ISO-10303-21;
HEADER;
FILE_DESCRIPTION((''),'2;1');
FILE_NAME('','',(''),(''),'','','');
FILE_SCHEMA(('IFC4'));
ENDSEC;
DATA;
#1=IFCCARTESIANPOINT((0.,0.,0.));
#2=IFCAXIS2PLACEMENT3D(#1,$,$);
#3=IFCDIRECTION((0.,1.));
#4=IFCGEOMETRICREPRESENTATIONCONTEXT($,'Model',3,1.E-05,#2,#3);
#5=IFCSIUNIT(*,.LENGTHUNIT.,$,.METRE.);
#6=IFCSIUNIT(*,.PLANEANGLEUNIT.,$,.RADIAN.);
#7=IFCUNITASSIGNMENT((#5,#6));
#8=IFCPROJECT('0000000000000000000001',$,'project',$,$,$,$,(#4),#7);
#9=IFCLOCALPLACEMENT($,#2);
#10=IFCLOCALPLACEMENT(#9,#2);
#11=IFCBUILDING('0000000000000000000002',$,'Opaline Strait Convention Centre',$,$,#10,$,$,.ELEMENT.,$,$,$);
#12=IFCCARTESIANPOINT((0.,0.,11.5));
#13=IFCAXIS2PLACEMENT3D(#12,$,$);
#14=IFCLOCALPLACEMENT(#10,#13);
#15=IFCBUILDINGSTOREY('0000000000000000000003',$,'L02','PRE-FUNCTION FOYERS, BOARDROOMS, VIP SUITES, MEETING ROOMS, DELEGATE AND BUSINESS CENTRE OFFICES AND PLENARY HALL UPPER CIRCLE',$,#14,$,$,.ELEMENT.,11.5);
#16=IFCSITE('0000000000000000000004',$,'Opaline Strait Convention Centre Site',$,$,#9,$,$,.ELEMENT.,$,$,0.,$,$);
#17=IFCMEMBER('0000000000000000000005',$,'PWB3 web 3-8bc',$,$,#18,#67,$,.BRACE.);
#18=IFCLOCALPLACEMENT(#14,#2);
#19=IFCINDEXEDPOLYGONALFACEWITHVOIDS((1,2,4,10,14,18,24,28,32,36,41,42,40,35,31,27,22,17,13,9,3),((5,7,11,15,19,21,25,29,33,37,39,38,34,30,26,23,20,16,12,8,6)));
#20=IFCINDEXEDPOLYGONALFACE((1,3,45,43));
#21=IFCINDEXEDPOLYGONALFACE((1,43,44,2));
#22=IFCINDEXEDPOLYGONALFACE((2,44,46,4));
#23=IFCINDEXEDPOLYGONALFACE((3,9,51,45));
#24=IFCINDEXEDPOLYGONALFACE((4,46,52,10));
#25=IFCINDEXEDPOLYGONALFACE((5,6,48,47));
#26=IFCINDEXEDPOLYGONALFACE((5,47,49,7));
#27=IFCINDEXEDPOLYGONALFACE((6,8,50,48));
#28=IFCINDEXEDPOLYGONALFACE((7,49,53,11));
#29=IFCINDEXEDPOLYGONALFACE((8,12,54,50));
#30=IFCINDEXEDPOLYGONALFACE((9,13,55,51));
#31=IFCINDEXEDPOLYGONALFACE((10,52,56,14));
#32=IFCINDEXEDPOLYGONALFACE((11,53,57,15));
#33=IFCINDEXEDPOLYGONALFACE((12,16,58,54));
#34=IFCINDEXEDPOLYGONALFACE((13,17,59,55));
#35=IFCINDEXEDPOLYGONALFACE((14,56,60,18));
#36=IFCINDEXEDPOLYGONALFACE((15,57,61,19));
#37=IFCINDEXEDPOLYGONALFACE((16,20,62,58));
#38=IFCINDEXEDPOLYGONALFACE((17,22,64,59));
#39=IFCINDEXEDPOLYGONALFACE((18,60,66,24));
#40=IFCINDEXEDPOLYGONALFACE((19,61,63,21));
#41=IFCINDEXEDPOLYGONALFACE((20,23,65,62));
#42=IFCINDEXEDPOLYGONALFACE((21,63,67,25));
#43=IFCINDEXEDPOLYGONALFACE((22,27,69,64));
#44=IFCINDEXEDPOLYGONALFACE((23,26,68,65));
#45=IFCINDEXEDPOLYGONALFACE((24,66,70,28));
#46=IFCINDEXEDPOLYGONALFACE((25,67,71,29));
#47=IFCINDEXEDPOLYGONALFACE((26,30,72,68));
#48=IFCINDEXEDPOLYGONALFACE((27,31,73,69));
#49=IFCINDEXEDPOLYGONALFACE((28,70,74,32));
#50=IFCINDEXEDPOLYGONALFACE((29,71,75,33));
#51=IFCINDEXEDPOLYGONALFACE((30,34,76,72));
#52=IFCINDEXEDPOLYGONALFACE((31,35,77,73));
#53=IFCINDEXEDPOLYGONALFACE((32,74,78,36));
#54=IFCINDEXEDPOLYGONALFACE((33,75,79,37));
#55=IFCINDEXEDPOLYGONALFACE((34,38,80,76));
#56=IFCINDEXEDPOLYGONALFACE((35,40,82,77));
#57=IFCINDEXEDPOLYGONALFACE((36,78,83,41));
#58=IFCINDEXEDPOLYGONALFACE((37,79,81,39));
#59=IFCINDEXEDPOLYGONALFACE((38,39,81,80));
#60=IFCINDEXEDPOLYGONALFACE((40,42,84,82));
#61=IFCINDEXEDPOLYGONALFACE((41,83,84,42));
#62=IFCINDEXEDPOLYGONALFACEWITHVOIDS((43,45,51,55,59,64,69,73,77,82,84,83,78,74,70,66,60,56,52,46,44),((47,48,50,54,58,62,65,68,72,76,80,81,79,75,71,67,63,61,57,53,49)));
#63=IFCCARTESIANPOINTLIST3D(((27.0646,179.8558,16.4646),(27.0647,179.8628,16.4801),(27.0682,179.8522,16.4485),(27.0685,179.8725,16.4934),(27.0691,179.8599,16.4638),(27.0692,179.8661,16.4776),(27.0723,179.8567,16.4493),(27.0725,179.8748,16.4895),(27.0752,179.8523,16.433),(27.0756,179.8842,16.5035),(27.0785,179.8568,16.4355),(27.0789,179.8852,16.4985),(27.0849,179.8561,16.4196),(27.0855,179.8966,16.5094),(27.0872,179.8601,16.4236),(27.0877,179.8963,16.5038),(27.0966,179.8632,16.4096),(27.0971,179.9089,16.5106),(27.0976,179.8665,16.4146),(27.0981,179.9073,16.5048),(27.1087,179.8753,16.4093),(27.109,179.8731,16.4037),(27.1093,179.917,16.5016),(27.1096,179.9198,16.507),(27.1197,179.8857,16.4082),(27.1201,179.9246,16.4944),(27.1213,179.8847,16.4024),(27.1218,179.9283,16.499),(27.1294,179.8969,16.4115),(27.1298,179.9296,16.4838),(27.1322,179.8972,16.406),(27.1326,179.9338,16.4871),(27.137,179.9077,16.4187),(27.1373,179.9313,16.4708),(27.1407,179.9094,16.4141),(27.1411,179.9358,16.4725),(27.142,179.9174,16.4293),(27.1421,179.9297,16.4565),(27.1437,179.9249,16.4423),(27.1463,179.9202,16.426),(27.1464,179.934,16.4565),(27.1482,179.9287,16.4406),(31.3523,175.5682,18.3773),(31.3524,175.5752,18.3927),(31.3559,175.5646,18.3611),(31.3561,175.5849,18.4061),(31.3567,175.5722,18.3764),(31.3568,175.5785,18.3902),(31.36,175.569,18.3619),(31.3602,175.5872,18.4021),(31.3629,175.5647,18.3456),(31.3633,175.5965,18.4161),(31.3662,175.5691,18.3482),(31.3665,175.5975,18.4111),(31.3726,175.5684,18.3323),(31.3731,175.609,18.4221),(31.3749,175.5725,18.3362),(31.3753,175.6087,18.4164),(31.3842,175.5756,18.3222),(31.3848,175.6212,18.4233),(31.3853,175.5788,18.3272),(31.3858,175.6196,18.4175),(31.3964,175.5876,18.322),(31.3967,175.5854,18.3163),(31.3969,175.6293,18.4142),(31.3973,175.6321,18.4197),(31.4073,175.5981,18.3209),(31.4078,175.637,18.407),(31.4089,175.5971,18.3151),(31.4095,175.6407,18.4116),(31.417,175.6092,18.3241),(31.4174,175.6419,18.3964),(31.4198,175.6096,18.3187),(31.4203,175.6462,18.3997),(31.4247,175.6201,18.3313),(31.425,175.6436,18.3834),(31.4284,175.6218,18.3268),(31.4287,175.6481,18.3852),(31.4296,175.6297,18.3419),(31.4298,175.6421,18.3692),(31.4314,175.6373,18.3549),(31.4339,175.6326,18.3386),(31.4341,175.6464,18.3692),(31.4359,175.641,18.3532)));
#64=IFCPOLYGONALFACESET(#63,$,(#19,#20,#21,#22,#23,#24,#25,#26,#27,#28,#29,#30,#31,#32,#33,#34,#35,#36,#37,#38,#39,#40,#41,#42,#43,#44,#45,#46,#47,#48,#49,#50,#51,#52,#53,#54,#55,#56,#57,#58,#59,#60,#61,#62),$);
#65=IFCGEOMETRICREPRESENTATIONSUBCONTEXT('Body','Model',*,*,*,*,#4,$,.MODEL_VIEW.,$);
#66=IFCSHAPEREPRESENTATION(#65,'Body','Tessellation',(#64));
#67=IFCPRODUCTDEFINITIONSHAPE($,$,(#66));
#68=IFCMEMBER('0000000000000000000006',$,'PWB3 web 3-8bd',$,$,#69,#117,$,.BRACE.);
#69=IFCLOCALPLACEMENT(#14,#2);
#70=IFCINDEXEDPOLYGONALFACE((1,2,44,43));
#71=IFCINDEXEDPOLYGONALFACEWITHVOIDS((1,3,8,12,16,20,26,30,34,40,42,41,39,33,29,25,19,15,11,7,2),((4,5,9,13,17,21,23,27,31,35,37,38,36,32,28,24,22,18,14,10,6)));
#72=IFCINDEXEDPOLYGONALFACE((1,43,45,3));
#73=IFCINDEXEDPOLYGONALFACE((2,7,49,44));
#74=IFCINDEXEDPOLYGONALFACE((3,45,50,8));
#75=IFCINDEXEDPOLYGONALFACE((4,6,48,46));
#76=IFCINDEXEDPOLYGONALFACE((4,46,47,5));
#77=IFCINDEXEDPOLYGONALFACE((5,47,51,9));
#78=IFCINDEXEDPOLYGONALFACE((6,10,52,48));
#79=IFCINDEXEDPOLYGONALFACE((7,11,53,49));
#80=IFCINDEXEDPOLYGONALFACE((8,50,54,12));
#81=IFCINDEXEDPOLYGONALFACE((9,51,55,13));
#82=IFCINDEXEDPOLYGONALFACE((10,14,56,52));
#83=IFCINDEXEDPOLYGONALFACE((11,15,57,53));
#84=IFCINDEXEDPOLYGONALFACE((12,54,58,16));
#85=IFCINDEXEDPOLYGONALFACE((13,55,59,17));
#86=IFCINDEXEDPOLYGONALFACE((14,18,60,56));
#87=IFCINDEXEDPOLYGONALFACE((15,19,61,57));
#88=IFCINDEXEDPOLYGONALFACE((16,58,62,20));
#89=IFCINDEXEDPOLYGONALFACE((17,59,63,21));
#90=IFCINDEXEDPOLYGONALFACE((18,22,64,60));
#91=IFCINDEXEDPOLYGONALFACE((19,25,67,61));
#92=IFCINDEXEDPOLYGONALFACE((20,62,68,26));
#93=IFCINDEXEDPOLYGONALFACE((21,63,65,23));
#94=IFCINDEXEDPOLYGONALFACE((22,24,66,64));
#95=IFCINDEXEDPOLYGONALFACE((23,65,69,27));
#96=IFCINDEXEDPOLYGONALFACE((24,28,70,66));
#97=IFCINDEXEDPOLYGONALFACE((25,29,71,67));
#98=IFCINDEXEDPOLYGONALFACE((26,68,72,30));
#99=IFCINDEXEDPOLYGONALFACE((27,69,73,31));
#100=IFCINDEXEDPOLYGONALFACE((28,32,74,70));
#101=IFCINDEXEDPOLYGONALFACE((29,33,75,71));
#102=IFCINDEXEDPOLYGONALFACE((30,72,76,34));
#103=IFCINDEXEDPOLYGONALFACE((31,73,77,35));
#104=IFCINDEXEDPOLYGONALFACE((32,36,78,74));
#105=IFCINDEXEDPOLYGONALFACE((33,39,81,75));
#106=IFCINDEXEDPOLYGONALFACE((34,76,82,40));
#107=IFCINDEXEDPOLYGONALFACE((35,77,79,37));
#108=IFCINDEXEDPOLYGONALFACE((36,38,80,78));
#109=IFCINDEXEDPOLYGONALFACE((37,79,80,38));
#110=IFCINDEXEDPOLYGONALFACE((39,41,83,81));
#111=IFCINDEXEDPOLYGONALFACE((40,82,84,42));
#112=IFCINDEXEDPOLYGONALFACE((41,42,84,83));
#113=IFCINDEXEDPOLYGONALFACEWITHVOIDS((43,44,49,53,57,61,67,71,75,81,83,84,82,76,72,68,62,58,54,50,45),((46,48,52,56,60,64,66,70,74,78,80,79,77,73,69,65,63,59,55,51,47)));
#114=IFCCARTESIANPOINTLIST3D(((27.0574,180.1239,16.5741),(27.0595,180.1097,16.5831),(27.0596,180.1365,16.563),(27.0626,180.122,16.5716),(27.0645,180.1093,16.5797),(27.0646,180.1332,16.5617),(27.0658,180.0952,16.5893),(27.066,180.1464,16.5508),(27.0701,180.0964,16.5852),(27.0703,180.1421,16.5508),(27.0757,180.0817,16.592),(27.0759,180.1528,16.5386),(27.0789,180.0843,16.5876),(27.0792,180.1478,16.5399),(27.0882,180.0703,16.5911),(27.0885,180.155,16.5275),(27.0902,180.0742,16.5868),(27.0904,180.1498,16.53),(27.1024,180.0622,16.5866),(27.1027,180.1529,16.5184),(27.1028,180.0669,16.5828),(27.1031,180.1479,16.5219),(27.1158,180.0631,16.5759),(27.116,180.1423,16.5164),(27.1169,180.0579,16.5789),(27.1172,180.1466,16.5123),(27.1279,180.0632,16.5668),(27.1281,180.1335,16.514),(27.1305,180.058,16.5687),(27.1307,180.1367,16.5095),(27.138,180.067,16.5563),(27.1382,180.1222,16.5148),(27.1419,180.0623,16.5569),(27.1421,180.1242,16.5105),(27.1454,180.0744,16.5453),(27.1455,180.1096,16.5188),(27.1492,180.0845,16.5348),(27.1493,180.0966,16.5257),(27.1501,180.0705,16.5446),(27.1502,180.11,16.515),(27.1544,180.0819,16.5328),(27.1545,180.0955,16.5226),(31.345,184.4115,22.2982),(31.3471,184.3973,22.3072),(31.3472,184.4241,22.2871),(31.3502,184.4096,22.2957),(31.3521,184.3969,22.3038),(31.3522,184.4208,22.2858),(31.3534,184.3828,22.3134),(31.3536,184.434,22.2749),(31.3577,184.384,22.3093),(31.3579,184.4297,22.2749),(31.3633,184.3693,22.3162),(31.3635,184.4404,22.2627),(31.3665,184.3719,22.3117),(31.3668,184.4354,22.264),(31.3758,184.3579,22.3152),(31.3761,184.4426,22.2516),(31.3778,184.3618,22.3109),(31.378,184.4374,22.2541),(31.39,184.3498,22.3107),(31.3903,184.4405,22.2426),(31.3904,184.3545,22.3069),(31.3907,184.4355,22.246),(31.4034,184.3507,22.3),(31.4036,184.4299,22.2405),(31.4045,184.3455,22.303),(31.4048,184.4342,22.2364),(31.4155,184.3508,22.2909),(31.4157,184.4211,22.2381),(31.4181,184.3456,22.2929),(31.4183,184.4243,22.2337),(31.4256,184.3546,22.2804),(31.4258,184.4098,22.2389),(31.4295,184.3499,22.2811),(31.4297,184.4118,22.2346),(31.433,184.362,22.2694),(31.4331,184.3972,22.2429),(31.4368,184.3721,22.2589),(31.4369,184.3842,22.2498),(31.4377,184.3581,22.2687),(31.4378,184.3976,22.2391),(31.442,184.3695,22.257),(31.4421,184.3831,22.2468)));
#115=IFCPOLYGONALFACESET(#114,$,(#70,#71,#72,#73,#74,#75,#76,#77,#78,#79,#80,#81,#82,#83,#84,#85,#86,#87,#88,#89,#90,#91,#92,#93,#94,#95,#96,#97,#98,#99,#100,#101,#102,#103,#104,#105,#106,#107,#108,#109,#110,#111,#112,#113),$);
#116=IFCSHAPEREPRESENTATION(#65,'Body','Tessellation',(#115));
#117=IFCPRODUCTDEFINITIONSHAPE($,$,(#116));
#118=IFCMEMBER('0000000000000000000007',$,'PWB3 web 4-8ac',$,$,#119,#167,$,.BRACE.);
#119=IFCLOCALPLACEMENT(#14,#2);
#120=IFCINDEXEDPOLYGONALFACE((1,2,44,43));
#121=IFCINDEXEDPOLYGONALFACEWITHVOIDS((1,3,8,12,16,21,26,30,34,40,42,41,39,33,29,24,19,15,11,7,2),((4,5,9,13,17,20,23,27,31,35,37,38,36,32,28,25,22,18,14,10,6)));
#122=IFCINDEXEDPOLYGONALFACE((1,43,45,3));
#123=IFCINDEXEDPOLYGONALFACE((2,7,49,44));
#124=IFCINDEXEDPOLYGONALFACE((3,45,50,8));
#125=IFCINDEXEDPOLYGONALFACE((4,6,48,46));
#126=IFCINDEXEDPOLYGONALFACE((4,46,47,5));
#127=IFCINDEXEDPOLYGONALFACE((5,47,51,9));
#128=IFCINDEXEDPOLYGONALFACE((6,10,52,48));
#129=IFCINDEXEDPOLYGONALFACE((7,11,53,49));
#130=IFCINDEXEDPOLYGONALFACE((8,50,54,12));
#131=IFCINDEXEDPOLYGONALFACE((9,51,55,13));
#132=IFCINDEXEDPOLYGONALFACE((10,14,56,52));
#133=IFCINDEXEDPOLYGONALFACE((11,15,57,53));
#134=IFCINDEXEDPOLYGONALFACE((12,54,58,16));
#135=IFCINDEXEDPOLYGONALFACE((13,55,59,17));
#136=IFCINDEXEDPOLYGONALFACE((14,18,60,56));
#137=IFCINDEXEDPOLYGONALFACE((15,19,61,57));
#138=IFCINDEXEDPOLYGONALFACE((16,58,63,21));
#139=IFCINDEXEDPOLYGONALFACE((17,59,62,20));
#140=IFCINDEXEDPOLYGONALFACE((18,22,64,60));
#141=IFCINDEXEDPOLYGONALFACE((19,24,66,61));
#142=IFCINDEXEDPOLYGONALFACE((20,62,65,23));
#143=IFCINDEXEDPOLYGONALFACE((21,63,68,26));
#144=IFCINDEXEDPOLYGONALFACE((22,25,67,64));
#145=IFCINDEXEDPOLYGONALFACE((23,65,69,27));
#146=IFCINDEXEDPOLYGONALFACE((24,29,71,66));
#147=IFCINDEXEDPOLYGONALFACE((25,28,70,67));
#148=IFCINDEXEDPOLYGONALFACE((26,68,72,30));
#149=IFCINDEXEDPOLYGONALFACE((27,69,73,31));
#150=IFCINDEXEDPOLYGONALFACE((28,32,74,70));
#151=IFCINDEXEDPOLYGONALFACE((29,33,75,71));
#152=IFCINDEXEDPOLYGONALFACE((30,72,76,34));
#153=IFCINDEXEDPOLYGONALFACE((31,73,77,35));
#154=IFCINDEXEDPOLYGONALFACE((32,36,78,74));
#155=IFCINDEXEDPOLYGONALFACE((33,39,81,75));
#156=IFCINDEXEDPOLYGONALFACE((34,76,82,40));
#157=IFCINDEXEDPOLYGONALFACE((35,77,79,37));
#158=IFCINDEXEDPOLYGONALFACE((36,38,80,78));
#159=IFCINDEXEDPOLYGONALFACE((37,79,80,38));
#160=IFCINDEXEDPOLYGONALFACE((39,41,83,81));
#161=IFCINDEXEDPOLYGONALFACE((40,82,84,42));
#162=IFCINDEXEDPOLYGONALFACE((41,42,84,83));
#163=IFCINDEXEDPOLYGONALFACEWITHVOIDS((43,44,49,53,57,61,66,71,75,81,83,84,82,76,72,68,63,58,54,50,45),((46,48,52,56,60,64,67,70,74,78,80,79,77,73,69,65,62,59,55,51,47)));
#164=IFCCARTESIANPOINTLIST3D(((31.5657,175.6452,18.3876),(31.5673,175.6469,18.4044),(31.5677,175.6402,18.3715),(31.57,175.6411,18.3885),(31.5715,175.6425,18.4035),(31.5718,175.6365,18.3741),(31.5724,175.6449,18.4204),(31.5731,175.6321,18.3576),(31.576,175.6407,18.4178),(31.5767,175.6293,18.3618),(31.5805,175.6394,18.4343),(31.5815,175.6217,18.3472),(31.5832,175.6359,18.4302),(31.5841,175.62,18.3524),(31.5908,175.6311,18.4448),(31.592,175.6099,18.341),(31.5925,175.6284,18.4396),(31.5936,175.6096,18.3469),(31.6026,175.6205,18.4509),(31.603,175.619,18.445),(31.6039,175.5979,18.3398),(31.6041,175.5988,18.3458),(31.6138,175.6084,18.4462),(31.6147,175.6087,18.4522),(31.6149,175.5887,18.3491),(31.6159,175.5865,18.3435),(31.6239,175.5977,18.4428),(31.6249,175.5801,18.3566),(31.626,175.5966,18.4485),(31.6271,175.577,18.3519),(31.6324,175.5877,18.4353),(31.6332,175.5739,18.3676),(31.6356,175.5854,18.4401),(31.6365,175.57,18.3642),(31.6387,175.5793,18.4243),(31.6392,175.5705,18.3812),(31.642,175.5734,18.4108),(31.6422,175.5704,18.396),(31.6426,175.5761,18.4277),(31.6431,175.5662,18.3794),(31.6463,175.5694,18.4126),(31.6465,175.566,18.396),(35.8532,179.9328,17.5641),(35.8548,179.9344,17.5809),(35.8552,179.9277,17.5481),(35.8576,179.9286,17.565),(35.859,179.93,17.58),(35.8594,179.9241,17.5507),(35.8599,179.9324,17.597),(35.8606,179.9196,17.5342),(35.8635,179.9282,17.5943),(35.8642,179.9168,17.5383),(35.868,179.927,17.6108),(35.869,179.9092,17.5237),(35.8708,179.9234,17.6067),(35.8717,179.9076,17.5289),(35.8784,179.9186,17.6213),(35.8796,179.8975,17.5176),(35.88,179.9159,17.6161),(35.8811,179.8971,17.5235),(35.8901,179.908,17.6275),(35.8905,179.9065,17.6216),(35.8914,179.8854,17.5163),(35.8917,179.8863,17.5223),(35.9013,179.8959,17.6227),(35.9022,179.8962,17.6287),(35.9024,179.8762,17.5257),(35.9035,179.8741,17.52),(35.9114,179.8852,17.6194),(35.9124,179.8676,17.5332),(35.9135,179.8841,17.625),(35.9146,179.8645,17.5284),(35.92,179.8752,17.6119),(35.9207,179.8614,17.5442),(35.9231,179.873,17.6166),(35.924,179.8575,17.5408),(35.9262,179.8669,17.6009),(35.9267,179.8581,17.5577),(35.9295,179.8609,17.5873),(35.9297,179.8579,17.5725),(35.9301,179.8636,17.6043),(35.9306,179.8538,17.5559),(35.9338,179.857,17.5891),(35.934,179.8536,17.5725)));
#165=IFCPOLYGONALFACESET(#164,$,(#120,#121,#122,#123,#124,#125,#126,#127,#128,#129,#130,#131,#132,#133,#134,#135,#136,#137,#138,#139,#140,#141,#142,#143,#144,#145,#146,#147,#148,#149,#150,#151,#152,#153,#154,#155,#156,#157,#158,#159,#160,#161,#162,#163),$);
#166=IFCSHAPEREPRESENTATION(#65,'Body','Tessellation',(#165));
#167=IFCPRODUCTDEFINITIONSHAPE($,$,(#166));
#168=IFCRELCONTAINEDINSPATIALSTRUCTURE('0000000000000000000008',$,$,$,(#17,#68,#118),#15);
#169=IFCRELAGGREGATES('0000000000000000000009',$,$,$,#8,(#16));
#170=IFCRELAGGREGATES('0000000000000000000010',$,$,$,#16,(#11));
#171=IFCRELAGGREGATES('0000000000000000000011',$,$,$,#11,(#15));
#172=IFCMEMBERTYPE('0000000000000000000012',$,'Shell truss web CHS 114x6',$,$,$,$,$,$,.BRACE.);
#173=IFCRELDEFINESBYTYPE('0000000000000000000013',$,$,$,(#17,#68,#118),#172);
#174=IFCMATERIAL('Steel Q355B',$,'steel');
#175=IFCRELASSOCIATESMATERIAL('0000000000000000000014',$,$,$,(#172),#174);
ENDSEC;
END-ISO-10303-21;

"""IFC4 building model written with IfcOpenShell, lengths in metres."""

from ifc_helpers import new_model, si_unit, direction, frame, origin, origin_2d, place, context, subcontext, project, spatial, hollow_circle, extrude, material, material_profile, profile_set, type_object, element, save


model = new_model("IFC4")

# Units and contexts
model_context = context("Model", 3, precision=1e-05, world=origin(), true_north=direction((0.0, 1.0)))
body_context = subcontext(model_context, "Body", "Model", "MODEL_VIEW")
ifc_project = project(units=[si_unit("LENGTHUNIT", "METRE"), si_unit("PLANEANGLEUNIT", "RADIAN")], contexts=[model_context])

# Site, building, storey
site_placement = place(None, origin())
site = spatial("IfcSite", under=ifc_project, at=site_placement, Name="Opaline Strait Convention Centre Site", CompositionType="ELEMENT", RefElevation=0.0)
building_placement = place(site_placement, origin())
building = spatial("IfcBuilding", under=site, at=building_placement, Name="Opaline Strait Convention Centre", CompositionType="ELEMENT")
storey_placement = place(building_placement, frame((0.0, 0.0, 11.5)))
storey = spatial("IfcBuildingStorey", under=building, at=storey_placement, Name="L02", Description="PRE-FUNCTION FOYERS, BOARDROOMS, VIP SUITES, MEETING ROOMS, DELEGATE AND BUSINESS CENTRE OFFICES AND PLENARY HALL UPPER CIRCLE", CompositionType="ELEMENT", Elevation=11.5)

# Members
ifc_material_1 = material(Name="Steel Q355B", Category="steel")
ifc_material_profile_1 = material_profile(ifc_material_1, hollow_circle(Radius=0.0569, WallThickness=0.0061, at=origin_2d()), Name="CHS 114x6")
ifc_profile_set_1 = profile_set([ifc_material_profile_1], Name="Steel Q355B")
member_type_1 = type_object("IfcMemberType", Name="Shell truss web CHS 114x6", PredefinedType="BRACE", material=ifc_profile_set_1)
member_1_placement = place(storey_placement, frame((27.1062, 179.8938, 16.4565), z_axis=(0.674356, -0.674356, 0.300814), x_axis=(0.707107, 0.707107, 0.0)))
element("IfcMember", 1, at=member_1_placement, inside=storey, type_object=member_type_1, Name="PWB3 web 3-8bc", PredefinedType="BRACE", context=body_context, shape_type="SweptSolid", body=[
    extrude(hollow_circle(Radius=0.0569, WallThickness=0.0061, at=origin_2d()), origin(), (0.0, 0.0, 1.0), 6.3582),
])
member_2_placement = place(storey_placement, frame((27.1062, 180.1062, 16.5508), z_axis=(0.514186, 0.514186, 0.686459), x_axis=(-0.707107, 0.707107, 0.0)))
element("IfcMember", 2, at=member_2_placement, inside=storey, type_object=member_type_1, Name="PWB3 web 3-8bd", PredefinedType="BRACE", context=body_context, shape_type="SweptSolid", body=[
    extrude(hollow_circle(Radius=0.0569, WallThickness=0.0061, at=origin_2d()), origin(), (0.0, 0.0, 1.0), 8.3386),
])
member_3_placement = place(storey_placement, frame((35.8938, 179.8938, 17.5725), z_axis=(-0.700675, -0.700675, 0.134573), x_axis=(0.707107, -0.707107, 0.0)))
element("IfcMember", 3, at=member_3_placement, inside=storey, type_object=member_type_1, Name="PWB3 web 4-8ac", PredefinedType="BRACE", context=body_context, shape_type="SweptSolid", body=[
    extrude(hollow_circle(Radius=0.0569, WallThickness=0.0061, at=origin_2d()), origin(), (0.0, 0.0, 1.0), 6.1191),
])

save(model, "model.ifc")
